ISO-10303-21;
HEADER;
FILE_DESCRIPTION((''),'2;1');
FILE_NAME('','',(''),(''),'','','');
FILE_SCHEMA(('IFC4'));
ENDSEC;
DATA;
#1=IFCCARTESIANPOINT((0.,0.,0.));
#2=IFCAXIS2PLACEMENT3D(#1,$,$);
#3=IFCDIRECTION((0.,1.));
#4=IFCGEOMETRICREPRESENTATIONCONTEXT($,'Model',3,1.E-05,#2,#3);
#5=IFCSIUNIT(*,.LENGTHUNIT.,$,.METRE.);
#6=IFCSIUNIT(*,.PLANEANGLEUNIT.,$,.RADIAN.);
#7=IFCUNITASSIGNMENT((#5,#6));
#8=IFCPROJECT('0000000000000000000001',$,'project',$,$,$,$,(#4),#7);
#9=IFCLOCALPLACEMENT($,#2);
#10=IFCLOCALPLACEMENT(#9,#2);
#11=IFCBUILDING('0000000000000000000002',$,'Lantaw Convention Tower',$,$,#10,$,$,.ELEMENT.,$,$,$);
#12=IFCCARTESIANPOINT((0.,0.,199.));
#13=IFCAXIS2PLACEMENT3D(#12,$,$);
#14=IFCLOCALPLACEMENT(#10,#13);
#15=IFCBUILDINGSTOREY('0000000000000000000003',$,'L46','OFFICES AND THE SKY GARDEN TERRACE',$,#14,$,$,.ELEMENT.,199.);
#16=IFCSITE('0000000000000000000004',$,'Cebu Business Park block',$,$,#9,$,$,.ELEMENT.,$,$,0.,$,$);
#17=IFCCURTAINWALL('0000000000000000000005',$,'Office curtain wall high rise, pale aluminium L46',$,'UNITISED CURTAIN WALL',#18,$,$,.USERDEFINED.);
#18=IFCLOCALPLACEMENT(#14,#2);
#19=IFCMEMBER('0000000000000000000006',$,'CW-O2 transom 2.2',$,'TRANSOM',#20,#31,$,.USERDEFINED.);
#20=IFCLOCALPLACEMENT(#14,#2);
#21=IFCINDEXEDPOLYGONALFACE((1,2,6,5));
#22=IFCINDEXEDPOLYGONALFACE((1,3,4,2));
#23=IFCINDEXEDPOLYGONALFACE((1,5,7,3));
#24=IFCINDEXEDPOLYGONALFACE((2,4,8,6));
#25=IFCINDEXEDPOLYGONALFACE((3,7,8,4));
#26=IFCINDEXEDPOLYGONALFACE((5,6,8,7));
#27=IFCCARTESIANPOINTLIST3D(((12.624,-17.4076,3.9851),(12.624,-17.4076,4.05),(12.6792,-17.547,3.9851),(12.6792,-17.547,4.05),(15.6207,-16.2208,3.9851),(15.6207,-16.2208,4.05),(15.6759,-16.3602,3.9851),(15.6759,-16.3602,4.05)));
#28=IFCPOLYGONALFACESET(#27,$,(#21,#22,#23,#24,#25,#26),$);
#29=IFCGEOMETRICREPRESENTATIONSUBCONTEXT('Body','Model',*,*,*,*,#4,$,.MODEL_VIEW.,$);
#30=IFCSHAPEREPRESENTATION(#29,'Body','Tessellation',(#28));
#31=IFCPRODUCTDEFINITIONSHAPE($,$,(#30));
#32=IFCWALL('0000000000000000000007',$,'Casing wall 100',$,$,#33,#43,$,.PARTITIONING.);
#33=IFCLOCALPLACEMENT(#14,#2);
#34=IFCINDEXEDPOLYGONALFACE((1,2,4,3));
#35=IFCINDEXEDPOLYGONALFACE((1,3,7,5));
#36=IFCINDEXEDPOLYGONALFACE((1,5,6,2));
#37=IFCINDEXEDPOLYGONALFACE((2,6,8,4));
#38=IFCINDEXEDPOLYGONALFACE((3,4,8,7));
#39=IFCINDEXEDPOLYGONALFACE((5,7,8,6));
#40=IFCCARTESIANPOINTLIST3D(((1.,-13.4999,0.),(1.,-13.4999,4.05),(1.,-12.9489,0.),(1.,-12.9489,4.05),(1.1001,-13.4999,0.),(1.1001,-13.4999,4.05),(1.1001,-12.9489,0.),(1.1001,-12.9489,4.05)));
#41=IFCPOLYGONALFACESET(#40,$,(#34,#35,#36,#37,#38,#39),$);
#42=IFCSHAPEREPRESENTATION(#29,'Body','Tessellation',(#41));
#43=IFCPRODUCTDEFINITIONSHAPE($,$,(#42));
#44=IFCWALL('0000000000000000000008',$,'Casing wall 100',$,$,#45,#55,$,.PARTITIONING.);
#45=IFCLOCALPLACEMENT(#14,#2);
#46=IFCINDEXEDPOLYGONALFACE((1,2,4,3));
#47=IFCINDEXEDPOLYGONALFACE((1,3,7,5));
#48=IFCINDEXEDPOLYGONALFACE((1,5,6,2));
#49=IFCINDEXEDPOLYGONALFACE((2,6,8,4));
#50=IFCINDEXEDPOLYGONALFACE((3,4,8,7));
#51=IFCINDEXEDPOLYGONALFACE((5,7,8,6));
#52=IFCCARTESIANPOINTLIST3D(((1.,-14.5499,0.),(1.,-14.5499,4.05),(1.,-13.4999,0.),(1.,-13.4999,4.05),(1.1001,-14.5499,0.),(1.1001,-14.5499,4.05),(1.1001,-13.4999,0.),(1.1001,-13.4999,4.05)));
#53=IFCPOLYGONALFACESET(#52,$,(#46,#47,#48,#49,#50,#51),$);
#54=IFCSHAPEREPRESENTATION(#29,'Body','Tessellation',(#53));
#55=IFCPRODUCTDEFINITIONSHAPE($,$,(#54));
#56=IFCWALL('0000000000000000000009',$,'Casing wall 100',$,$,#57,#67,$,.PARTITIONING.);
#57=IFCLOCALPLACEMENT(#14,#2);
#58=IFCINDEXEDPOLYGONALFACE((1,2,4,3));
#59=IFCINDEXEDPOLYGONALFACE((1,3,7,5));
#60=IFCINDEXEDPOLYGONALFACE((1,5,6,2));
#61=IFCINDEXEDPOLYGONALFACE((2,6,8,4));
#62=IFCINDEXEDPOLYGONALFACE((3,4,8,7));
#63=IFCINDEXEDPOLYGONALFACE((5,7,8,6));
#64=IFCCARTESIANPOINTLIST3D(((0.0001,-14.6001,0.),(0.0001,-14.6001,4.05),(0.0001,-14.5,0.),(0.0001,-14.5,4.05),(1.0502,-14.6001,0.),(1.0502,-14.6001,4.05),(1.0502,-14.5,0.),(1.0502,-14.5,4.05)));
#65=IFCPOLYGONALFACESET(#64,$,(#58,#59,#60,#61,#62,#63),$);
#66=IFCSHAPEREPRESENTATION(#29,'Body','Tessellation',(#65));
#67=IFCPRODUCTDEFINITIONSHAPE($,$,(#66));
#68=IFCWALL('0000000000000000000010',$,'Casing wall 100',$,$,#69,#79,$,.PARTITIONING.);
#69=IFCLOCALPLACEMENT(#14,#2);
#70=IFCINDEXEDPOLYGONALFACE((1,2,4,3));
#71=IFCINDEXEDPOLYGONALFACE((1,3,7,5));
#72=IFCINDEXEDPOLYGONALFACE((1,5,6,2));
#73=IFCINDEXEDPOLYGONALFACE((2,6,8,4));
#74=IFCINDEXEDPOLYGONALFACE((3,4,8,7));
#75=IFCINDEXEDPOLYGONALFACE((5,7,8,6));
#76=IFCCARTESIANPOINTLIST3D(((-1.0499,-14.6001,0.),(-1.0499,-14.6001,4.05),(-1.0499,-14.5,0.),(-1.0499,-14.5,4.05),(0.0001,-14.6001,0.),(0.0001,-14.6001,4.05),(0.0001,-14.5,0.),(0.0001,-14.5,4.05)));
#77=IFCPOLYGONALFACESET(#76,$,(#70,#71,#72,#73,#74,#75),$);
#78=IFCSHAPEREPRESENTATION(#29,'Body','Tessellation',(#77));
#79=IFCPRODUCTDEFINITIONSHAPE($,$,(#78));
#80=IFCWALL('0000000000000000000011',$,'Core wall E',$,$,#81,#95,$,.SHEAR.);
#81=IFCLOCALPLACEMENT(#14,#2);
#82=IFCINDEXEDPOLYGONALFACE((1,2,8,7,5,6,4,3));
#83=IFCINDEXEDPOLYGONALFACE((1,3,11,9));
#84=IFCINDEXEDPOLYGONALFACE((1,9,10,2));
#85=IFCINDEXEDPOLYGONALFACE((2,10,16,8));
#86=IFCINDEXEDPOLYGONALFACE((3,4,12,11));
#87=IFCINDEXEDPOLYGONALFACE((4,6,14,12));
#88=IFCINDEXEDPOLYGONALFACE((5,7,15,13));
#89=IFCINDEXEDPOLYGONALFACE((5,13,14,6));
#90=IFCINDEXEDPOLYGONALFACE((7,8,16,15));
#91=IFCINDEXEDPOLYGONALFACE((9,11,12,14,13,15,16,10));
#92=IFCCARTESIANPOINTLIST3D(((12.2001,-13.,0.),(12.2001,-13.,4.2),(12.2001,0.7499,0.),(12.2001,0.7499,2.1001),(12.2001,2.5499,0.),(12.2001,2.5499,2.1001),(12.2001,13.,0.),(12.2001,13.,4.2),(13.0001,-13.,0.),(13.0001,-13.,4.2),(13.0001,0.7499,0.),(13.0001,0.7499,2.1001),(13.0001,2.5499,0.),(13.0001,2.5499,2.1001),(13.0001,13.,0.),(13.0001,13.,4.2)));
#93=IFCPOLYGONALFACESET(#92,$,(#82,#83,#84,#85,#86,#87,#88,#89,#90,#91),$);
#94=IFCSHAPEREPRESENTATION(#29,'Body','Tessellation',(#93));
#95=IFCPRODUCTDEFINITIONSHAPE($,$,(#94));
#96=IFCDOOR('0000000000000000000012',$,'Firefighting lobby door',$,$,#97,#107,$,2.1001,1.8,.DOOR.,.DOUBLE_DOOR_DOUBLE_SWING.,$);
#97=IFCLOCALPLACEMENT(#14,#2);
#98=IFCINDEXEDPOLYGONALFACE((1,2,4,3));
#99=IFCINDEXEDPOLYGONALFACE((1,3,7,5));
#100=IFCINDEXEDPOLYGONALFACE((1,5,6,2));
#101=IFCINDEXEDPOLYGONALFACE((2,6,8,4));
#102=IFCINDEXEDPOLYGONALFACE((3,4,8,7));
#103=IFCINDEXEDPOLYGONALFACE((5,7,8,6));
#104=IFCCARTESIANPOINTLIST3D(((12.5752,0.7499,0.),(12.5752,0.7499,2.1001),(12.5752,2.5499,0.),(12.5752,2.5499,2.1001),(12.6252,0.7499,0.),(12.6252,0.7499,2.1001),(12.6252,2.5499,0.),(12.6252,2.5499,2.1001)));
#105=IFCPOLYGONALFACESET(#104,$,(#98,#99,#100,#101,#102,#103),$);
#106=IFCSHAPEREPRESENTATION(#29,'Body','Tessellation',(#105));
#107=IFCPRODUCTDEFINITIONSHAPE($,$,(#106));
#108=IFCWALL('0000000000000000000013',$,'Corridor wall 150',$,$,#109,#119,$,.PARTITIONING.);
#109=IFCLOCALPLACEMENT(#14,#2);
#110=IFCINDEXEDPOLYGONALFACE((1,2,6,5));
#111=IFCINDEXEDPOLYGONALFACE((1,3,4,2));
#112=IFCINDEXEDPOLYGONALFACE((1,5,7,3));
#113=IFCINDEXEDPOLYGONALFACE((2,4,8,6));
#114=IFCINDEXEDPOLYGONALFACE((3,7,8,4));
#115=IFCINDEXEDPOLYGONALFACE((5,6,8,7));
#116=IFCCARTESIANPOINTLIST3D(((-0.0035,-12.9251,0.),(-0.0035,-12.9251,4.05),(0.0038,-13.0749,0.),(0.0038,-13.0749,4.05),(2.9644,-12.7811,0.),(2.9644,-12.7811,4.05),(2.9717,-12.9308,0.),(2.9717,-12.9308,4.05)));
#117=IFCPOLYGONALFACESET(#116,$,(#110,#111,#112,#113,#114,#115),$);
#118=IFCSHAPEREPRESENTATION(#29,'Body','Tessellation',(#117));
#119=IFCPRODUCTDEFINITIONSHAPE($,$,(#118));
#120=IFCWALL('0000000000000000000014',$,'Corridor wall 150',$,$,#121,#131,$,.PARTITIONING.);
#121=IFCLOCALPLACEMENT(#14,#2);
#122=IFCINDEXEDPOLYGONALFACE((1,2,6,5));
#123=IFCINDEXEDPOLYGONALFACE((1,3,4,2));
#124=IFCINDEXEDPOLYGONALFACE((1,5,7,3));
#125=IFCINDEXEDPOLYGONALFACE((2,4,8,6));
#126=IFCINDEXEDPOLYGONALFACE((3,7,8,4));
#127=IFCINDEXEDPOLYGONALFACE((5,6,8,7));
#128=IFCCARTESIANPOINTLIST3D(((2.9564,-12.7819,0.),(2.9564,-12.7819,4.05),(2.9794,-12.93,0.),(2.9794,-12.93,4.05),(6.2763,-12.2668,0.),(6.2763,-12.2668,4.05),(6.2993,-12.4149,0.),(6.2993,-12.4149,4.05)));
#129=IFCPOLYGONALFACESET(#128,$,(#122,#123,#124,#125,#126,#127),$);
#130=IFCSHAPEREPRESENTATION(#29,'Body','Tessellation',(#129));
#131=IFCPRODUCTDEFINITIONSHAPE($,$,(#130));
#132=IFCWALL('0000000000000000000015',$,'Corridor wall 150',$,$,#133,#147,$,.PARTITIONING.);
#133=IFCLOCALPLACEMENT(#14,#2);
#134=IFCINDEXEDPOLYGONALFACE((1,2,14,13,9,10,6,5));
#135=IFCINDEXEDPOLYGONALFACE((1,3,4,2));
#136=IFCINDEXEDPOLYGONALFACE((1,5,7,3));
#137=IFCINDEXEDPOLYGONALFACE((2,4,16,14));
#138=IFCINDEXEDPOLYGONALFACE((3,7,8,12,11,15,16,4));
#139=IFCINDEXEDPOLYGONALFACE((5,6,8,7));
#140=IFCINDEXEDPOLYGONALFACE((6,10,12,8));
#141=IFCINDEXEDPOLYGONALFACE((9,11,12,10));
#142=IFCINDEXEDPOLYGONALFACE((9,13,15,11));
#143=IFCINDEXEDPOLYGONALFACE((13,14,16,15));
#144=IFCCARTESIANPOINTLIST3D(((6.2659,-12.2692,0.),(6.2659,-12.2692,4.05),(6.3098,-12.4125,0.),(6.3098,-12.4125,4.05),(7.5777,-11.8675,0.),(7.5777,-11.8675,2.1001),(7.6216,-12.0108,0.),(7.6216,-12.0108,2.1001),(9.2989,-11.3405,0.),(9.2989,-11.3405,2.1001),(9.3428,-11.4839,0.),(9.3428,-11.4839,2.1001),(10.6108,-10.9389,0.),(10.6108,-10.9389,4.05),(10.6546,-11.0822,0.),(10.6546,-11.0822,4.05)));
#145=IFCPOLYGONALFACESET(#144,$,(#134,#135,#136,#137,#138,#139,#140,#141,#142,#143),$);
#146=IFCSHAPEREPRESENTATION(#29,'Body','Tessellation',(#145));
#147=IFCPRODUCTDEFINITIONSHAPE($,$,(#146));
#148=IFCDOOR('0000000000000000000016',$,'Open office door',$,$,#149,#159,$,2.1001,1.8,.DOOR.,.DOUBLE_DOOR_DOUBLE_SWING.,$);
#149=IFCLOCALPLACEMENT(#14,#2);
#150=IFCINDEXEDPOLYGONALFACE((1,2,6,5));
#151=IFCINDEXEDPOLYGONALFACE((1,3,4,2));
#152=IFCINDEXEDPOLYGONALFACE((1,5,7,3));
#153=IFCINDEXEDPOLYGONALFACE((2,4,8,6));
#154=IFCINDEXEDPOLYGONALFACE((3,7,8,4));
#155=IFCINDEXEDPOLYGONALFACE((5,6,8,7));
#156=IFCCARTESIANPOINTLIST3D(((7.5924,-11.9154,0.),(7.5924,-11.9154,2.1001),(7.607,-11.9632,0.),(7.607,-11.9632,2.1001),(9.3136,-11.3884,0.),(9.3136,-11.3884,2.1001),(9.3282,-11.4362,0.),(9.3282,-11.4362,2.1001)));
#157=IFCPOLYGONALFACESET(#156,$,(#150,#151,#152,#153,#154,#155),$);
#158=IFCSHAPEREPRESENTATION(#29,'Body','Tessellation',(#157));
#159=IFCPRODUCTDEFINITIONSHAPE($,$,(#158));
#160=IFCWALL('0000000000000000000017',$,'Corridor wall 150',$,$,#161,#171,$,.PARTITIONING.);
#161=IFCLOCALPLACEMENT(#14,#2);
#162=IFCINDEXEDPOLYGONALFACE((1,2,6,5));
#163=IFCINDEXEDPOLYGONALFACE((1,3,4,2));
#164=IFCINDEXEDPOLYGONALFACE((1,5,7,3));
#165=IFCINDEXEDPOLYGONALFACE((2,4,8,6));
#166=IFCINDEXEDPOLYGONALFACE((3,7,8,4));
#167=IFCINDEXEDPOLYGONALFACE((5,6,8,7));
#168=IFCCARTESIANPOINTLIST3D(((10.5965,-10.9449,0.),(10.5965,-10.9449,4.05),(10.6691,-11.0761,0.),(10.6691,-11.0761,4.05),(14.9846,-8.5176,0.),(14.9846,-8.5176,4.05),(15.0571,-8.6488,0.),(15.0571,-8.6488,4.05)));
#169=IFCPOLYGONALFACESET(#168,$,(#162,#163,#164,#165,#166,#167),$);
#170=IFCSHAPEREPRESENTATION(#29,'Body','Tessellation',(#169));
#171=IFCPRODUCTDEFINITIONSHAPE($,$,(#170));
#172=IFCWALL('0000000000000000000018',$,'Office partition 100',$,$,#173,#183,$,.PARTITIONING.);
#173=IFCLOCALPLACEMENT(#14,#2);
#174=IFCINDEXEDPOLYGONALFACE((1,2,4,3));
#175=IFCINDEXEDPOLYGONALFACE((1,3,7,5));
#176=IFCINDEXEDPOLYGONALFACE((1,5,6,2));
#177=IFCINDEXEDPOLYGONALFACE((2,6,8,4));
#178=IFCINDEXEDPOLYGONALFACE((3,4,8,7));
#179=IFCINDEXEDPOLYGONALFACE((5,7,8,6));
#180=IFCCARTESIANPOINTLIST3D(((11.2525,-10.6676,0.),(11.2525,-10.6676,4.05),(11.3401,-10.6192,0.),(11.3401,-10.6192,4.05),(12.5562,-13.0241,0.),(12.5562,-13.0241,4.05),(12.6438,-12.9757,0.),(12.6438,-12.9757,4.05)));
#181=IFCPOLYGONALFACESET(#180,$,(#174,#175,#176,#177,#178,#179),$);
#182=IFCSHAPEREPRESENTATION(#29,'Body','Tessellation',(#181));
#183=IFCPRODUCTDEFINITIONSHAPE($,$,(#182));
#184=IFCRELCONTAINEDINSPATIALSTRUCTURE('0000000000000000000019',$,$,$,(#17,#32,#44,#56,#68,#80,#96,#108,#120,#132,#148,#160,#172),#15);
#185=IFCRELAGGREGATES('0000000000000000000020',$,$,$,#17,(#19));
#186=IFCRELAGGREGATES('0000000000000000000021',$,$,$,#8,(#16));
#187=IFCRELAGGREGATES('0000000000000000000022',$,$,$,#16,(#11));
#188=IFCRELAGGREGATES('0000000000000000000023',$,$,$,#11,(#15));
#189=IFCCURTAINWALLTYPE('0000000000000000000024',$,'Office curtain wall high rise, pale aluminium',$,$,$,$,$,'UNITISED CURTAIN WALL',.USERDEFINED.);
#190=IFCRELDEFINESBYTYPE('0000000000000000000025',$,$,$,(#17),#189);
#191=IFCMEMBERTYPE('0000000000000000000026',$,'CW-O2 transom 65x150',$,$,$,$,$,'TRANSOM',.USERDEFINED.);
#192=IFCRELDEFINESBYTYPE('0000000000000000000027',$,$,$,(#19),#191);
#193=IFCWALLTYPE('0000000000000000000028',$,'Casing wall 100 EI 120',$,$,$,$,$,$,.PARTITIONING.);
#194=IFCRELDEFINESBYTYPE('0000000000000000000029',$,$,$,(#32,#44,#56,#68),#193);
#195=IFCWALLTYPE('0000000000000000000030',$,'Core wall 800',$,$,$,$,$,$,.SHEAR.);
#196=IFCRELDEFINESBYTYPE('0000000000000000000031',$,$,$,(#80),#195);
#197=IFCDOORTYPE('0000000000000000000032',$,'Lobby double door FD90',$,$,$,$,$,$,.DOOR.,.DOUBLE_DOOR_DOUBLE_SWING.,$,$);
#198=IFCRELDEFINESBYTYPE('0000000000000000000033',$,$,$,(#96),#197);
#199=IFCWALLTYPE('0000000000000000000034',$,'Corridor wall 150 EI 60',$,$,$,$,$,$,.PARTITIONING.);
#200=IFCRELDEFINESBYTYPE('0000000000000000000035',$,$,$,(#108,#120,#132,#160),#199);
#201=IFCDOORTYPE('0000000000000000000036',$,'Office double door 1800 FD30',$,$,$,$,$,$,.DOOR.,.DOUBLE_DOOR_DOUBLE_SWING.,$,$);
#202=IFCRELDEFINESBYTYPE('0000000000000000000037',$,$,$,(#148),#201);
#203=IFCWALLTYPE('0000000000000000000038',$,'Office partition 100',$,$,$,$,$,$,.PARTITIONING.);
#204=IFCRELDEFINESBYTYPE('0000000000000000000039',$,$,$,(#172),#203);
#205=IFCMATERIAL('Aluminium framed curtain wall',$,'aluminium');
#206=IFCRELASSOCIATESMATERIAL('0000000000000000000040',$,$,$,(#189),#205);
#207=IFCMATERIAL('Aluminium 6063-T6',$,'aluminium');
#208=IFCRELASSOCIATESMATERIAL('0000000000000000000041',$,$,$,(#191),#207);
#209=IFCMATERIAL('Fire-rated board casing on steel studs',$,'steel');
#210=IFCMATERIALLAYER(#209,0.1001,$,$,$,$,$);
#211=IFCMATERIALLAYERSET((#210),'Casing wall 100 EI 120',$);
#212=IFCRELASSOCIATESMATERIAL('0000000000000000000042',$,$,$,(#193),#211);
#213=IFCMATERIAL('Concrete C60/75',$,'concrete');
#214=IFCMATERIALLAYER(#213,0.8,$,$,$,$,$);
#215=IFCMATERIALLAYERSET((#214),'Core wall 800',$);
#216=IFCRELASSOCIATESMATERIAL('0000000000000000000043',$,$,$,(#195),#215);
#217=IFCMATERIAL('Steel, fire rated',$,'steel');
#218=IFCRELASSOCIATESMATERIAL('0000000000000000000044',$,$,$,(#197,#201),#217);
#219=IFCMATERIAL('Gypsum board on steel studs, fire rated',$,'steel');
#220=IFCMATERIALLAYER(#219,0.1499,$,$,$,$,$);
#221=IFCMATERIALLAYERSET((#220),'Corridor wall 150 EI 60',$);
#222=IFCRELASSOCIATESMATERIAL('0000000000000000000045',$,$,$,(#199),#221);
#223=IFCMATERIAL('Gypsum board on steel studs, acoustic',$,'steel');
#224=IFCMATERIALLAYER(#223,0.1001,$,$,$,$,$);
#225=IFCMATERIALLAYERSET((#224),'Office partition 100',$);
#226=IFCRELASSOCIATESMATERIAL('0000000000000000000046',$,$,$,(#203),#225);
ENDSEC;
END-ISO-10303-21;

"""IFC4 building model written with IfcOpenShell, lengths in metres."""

from ifc_helpers import new_model, si_unit, direction, frame, frame_2d, origin, origin_2d, place, context, subcontext, project, spatial, rectangle, extrude, material, layer, layer_set, material_profile, profile_set, type_object, element, fill, aggregate, save


model = new_model("IFC4")

# Units and contexts
model_context = context("Model", 3, precision=1e-05, world=origin(), true_north=direction((0.0, 1.0)))
body_context = subcontext(model_context, "Body", "Model", "MODEL_VIEW")
ifc_project = project(units=[si_unit("LENGTHUNIT", "METRE"), si_unit("PLANEANGLEUNIT", "RADIAN")], contexts=[model_context])

# Site, building, storey
site_placement = place(None, origin())
site = spatial("IfcSite", under=ifc_project, at=site_placement, Name="Cebu Business Park block", CompositionType="ELEMENT", RefElevation=0.0)
building_placement = place(site_placement, origin())
building = spatial("IfcBuilding", under=site, at=building_placement, Name="Lantaw Convention Tower", CompositionType="ELEMENT")
storey_placement = place(building_placement, frame((0.0, 0.0, 199.0)))
storey = spatial("IfcBuildingStorey", under=building, at=storey_placement, Name="L46", Description="OFFICES AND THE SKY GARDEN TERRACE", CompositionType="ELEMENT", Elevation=199.0)

# Curtain wall, member
ifc_material_1 = material(Name="Aluminium framed curtain wall", Category="aluminium")
curtain_wall_type = type_object("IfcCurtainWallType", Name="Office curtain wall high rise, pale aluminium", ElementType="UNITISED CURTAIN WALL", PredefinedType="USERDEFINED", material=ifc_material_1)
curtain_wall_placement = place(storey_placement, origin())
curtain_wall = element("IfcCurtainWall", 1, at=curtain_wall_placement, inside=storey, type_object=curtain_wall_type, Name="Office curtain wall high rise, pale aluminium L46", ObjectType="UNITISED CURTAIN WALL", PredefinedType="USERDEFINED")
ifc_material_2 = material(Name="Aluminium 6063-T6", Category="aluminium")
ifc_material_profile_1 = material_profile(ifc_material_2, rectangle(XDim=0.1499, YDim=0.0649, at=origin_2d()), Name="CW-O2 transom 65x150")
ifc_profile_set_1 = profile_set([ifc_material_profile_1], Name="Aluminium 6063-T6")
member_type = type_object("IfcMemberType", Name="CW-O2 transom 65x150", ElementType="TRANSOM", PredefinedType="USERDEFINED", material=ifc_profile_set_1)
member_placement = place(storey_placement, frame((12.6516, -17.4773, 4.0176), z_axis=(0.929741, 0.368215, 0.0), x_axis=(-0.368215, 0.929741, 0.0)))
member = element("IfcMember", 2, at=member_placement, type_object=member_type, Name="CW-O2 transom 2.2", ObjectType="TRANSOM", PredefinedType="USERDEFINED", context=body_context, shape_type="SweptSolid", body=[
    extrude(rectangle(XDim=0.1499, YDim=0.0649, at=origin_2d()), origin(), (0.0, 0.0, 1.0), 3.2231),
])
aggregate(curtain_wall, [member])

# Walls
ifc_material_3 = material(Name="Fire-rated board casing on steel studs", Category="steel")
ifc_layer_1 = layer(ifc_material_3, 0.1001)
ifc_layer_set_1 = layer_set([ifc_layer_1], Name="Casing wall 100 EI 120")
wall_type_1 = type_object("IfcWallType", Name="Casing wall 100 EI 120", PredefinedType="PARTITIONING", material=ifc_layer_set_1)
wall_1_placement = place(storey_placement, frame((1.05, -12.949, 0.0), z_axis=(0.0, 0.0, 1.0), x_axis=(0.0, -1.0, 0.0)))
element("IfcWall", 3, at=wall_1_placement, inside=storey, type_object=wall_type_1, Name="Casing wall 100", PredefinedType="PARTITIONING", context=body_context, shape_type="SweptSolid", body=[
    extrude(rectangle(XDim=0.551, YDim=0.1001, at=frame_2d((0.2754, 0.0))), origin(), (0.0, 0.0, 1.0), 4.05),
])
for number, where, z_axis, x_axis, name in (
    (4, (1.05, -13.5, 0.0), (0.0, 0.0, 1.0), (0.0, -1.0, 0.0), "Casing wall 100"),
    (5, (1.05, -14.55, 0.0), (0.0, 0.0, 1.0), (-1.0, 0.0, 0.0), "Casing wall 100"),
    (6, (0.0, -14.55, 0.0), (0.0, 0.0, 1.0), (-1.0, 0.0, 0.0), "Casing wall 100"),
):
    element("IfcWall", number, at=place(storey_placement, frame(where, z_axis=z_axis, x_axis=x_axis)), inside=storey, type_object=wall_type_1, Name=name, PredefinedType="PARTITIONING", context=body_context, shape_type="SweptSolid", body=[
        extrude(rectangle(XDim=1.05, YDim=0.1001, at=frame_2d((0.5249, 0.0))), origin(), (0.0, 0.0, 1.0), 4.05),
    ])

# Wall, opening, door
ifc_material_4 = material(Name="Concrete C60/75", Category="concrete")
ifc_layer_2 = layer(ifc_material_4, 0.8)
ifc_layer_set_2 = layer_set([ifc_layer_2], Name="Core wall 800")
wall_type_2 = type_object("IfcWallType", Name="Core wall 800", PredefinedType="SHEAR", material=ifc_layer_set_2)
wall_2_placement = place(storey_placement, frame((12.6001, -13.0, 0.0), z_axis=(0.0, 0.0, 1.0), x_axis=(0.0, 1.0, 0.0)))
wall_2 = element("IfcWall", 7, at=wall_2_placement, inside=storey, type_object=wall_type_2, Name="Core wall E", PredefinedType="SHEAR", context=body_context, shape_type="SweptSolid", body=[
    extrude(rectangle(XDim=26.0, YDim=0.8, at=frame_2d((13.0, 0.0))), origin(), (0.0, 0.0, 1.0), 4.2),
])
opening_1_placement = place(wall_2_placement, frame((13.75, 0.0, 0.0)))
opening_1 = element("IfcOpeningElement", 8, at=opening_1_placement, cuts=wall_2, PredefinedType="OPENING", context=body_context, shape_type="SweptSolid", body=[
    extrude(rectangle(XDim=1.8, YDim=2.1001, at=frame_2d((0.8999, 1.05))), frame((0.0, 0.4099, 0.0), z_axis=(0.0, -1.0, 0.0), x_axis=(1.0, 0.0, 0.0)), (0.0, 0.0, 1.0), 0.8201),
])
ifc_material_5 = material(Name="Steel, fire rated", Category="steel")
door_type_1 = type_object("IfcDoorType", Name="Lobby double door FD90", OperationType="DOUBLE_DOOR_DOUBLE_SWING", PredefinedType="DOOR", material=ifc_material_5)
door_1_placement = place(opening_1_placement, origin())
door_1 = element("IfcDoor", 9, at=door_1_placement, inside=storey, type_object=door_type_1, Name="Firefighting lobby door", OperationType="DOUBLE_DOOR_DOUBLE_SWING", OverallHeight=2.1001, OverallWidth=1.8, PredefinedType="DOOR", context=body_context, shape_type="SweptSolid", body=[
    extrude(rectangle(XDim=1.8, YDim=2.1001, at=frame_2d((0.8999, 1.05))), frame((0.0, 0.0249, 0.0), z_axis=(0.0, -1.0, 0.0), x_axis=(1.0, 0.0, 0.0)), (0.0, 0.0, 1.0), 0.05),
])
fill(opening_1, door_1)

# Walls
ifc_material_6 = material(Name="Gypsum board on steel studs, fire rated", Category="steel")
ifc_layer_3 = layer(ifc_material_6, 0.1499)
ifc_layer_set_3 = layer_set([ifc_layer_3], Name="Corridor wall 150 EI 60")
wall_type_3 = type_object("IfcWallType", Name="Corridor wall 150 EI 60", PredefinedType="PARTITIONING", material=ifc_layer_set_3)
wall_3_placement = place(storey_placement, frame((0.0, -13.0, 0.0), z_axis=(0.0, 0.0, 1.0), x_axis=(0.998824, 0.048475, 0.0)))
element("IfcWall", 10, at=wall_3_placement, inside=storey, type_object=wall_type_3, Name="Corridor wall 150", PredefinedType="PARTITIONING", context=body_context, shape_type="SweptSolid", body=[
    extrude(rectangle(XDim=2.9714, YDim=0.1499, at=frame_2d((1.4858, 0.0))), origin(), (0.0, 0.0, 1.0), 4.05),
])
wall_4_placement = place(storey_placement, frame((2.968, -12.856, 0.0), z_axis=(0.0, 0.0, 1.0), x_axis=(0.988174, 0.153335, 0.0)))
element("IfcWall", 11, at=wall_4_placement, inside=storey, type_object=wall_type_3, Name="Corridor wall 150", PredefinedType="PARTITIONING", context=body_context, shape_type="SweptSolid", body=[
    extrude(rectangle(XDim=3.3596, YDim=0.1499, at=frame_2d((1.6797, 0.0))), origin(), (0.0, 0.0, 1.0), 4.05),
])

# Wall, opening, door
wall_5_placement = place(storey_placement, frame((6.2878, -12.3408, 0.0), z_axis=(0.0, 0.0, 1.0), x_axis=(0.956186, 0.29276, 0.0)))
wall_5 = element("IfcWall", 12, at=wall_5_placement, inside=storey, type_object=wall_type_3, Name="Corridor wall 150", PredefinedType="PARTITIONING", context=body_context, shape_type="SweptSolid", body=[
    extrude(rectangle(XDim=4.5439, YDim=0.1499, at=frame_2d((2.272, 0.0))), origin(), (0.0, 0.0, 1.0), 4.05),
])
opening_2_placement = place(wall_5_placement, frame((1.3721, 0.0, 0.0)))
opening_2 = element("IfcOpeningElement", 13, at=opening_2_placement, cuts=wall_5, PredefinedType="OPENING", context=body_context, shape_type="SweptSolid", body=[
    extrude(rectangle(XDim=1.8, YDim=2.1001, at=frame_2d((0.8999, 1.05))), frame((0.0, 0.085, 0.0), z_axis=(0.0, -1.0, 0.0), x_axis=(1.0, 0.0, 0.0)), (0.0, 0.0, 1.0), 0.1699),
])
door_type_2 = type_object("IfcDoorType", Name="Office double door 1800 FD30", OperationType="DOUBLE_DOOR_DOUBLE_SWING", PredefinedType="DOOR", material=ifc_material_5)
door_2_placement = place(opening_2_placement, origin())
door_2 = element("IfcDoor", 14, at=door_2_placement, inside=storey, type_object=door_type_2, Name="Open office door", OperationType="DOUBLE_DOOR_DOUBLE_SWING", OverallHeight=2.1001, OverallWidth=1.8, PredefinedType="DOOR", context=body_context, shape_type="SweptSolid", body=[
    extrude(rectangle(XDim=1.8, YDim=2.1001, at=frame_2d((0.8999, 1.05))), frame((0.0, 0.0249, 0.0), z_axis=(0.0, -1.0, 0.0), x_axis=(1.0, 0.0, 0.0)), (0.0, 0.0, 1.0), 0.05),
])
fill(opening_2, door_2)

# Walls
wall_6_placement = place(storey_placement, frame((10.6328, -11.0105, 0.0), z_axis=(0.0, 0.0, 1.0), x_axis=(0.875045, 0.484042, 0.0)))
element("IfcWall", 15, at=wall_6_placement, inside=storey, type_object=wall_type_3, Name="Corridor wall 150", PredefinedType="PARTITIONING", context=body_context, shape_type="SweptSolid", body=[
    extrude(rectangle(XDim=5.0146, YDim=0.1499, at=frame_2d((2.5073, 0.0))), origin(), (0.0, 0.0, 1.0), 4.05),
])
ifc_material_7 = material(Name="Gypsum board on steel studs, acoustic", Category="steel")
ifc_layer_4 = layer(ifc_material_7, 0.1001)
ifc_layer_set_4 = layer_set([ifc_layer_4], Name="Office partition 100")
wall_type_4 = type_object("IfcWallType", Name="Office partition 100", PredefinedType="PARTITIONING", material=ifc_layer_set_4)
wall_7_placement = place(storey_placement, frame((12.6001, -13.0, 0.0), z_axis=(0.0, 0.0, 1.0), x_axis=(-0.484103, 0.875011, 0.0)))
element("IfcWall", 16, at=wall_7_placement, inside=storey, type_object=wall_type_4, Name="Office partition 100", PredefinedType="PARTITIONING", context=body_context, shape_type="SweptSolid", body=[
    extrude(rectangle(XDim=2.6931, YDim=0.1001, at=frame_2d((1.3467, 0.0))), origin(), (0.0, 0.0, 1.0), 4.05),
])

save(model, "model.ifc")
